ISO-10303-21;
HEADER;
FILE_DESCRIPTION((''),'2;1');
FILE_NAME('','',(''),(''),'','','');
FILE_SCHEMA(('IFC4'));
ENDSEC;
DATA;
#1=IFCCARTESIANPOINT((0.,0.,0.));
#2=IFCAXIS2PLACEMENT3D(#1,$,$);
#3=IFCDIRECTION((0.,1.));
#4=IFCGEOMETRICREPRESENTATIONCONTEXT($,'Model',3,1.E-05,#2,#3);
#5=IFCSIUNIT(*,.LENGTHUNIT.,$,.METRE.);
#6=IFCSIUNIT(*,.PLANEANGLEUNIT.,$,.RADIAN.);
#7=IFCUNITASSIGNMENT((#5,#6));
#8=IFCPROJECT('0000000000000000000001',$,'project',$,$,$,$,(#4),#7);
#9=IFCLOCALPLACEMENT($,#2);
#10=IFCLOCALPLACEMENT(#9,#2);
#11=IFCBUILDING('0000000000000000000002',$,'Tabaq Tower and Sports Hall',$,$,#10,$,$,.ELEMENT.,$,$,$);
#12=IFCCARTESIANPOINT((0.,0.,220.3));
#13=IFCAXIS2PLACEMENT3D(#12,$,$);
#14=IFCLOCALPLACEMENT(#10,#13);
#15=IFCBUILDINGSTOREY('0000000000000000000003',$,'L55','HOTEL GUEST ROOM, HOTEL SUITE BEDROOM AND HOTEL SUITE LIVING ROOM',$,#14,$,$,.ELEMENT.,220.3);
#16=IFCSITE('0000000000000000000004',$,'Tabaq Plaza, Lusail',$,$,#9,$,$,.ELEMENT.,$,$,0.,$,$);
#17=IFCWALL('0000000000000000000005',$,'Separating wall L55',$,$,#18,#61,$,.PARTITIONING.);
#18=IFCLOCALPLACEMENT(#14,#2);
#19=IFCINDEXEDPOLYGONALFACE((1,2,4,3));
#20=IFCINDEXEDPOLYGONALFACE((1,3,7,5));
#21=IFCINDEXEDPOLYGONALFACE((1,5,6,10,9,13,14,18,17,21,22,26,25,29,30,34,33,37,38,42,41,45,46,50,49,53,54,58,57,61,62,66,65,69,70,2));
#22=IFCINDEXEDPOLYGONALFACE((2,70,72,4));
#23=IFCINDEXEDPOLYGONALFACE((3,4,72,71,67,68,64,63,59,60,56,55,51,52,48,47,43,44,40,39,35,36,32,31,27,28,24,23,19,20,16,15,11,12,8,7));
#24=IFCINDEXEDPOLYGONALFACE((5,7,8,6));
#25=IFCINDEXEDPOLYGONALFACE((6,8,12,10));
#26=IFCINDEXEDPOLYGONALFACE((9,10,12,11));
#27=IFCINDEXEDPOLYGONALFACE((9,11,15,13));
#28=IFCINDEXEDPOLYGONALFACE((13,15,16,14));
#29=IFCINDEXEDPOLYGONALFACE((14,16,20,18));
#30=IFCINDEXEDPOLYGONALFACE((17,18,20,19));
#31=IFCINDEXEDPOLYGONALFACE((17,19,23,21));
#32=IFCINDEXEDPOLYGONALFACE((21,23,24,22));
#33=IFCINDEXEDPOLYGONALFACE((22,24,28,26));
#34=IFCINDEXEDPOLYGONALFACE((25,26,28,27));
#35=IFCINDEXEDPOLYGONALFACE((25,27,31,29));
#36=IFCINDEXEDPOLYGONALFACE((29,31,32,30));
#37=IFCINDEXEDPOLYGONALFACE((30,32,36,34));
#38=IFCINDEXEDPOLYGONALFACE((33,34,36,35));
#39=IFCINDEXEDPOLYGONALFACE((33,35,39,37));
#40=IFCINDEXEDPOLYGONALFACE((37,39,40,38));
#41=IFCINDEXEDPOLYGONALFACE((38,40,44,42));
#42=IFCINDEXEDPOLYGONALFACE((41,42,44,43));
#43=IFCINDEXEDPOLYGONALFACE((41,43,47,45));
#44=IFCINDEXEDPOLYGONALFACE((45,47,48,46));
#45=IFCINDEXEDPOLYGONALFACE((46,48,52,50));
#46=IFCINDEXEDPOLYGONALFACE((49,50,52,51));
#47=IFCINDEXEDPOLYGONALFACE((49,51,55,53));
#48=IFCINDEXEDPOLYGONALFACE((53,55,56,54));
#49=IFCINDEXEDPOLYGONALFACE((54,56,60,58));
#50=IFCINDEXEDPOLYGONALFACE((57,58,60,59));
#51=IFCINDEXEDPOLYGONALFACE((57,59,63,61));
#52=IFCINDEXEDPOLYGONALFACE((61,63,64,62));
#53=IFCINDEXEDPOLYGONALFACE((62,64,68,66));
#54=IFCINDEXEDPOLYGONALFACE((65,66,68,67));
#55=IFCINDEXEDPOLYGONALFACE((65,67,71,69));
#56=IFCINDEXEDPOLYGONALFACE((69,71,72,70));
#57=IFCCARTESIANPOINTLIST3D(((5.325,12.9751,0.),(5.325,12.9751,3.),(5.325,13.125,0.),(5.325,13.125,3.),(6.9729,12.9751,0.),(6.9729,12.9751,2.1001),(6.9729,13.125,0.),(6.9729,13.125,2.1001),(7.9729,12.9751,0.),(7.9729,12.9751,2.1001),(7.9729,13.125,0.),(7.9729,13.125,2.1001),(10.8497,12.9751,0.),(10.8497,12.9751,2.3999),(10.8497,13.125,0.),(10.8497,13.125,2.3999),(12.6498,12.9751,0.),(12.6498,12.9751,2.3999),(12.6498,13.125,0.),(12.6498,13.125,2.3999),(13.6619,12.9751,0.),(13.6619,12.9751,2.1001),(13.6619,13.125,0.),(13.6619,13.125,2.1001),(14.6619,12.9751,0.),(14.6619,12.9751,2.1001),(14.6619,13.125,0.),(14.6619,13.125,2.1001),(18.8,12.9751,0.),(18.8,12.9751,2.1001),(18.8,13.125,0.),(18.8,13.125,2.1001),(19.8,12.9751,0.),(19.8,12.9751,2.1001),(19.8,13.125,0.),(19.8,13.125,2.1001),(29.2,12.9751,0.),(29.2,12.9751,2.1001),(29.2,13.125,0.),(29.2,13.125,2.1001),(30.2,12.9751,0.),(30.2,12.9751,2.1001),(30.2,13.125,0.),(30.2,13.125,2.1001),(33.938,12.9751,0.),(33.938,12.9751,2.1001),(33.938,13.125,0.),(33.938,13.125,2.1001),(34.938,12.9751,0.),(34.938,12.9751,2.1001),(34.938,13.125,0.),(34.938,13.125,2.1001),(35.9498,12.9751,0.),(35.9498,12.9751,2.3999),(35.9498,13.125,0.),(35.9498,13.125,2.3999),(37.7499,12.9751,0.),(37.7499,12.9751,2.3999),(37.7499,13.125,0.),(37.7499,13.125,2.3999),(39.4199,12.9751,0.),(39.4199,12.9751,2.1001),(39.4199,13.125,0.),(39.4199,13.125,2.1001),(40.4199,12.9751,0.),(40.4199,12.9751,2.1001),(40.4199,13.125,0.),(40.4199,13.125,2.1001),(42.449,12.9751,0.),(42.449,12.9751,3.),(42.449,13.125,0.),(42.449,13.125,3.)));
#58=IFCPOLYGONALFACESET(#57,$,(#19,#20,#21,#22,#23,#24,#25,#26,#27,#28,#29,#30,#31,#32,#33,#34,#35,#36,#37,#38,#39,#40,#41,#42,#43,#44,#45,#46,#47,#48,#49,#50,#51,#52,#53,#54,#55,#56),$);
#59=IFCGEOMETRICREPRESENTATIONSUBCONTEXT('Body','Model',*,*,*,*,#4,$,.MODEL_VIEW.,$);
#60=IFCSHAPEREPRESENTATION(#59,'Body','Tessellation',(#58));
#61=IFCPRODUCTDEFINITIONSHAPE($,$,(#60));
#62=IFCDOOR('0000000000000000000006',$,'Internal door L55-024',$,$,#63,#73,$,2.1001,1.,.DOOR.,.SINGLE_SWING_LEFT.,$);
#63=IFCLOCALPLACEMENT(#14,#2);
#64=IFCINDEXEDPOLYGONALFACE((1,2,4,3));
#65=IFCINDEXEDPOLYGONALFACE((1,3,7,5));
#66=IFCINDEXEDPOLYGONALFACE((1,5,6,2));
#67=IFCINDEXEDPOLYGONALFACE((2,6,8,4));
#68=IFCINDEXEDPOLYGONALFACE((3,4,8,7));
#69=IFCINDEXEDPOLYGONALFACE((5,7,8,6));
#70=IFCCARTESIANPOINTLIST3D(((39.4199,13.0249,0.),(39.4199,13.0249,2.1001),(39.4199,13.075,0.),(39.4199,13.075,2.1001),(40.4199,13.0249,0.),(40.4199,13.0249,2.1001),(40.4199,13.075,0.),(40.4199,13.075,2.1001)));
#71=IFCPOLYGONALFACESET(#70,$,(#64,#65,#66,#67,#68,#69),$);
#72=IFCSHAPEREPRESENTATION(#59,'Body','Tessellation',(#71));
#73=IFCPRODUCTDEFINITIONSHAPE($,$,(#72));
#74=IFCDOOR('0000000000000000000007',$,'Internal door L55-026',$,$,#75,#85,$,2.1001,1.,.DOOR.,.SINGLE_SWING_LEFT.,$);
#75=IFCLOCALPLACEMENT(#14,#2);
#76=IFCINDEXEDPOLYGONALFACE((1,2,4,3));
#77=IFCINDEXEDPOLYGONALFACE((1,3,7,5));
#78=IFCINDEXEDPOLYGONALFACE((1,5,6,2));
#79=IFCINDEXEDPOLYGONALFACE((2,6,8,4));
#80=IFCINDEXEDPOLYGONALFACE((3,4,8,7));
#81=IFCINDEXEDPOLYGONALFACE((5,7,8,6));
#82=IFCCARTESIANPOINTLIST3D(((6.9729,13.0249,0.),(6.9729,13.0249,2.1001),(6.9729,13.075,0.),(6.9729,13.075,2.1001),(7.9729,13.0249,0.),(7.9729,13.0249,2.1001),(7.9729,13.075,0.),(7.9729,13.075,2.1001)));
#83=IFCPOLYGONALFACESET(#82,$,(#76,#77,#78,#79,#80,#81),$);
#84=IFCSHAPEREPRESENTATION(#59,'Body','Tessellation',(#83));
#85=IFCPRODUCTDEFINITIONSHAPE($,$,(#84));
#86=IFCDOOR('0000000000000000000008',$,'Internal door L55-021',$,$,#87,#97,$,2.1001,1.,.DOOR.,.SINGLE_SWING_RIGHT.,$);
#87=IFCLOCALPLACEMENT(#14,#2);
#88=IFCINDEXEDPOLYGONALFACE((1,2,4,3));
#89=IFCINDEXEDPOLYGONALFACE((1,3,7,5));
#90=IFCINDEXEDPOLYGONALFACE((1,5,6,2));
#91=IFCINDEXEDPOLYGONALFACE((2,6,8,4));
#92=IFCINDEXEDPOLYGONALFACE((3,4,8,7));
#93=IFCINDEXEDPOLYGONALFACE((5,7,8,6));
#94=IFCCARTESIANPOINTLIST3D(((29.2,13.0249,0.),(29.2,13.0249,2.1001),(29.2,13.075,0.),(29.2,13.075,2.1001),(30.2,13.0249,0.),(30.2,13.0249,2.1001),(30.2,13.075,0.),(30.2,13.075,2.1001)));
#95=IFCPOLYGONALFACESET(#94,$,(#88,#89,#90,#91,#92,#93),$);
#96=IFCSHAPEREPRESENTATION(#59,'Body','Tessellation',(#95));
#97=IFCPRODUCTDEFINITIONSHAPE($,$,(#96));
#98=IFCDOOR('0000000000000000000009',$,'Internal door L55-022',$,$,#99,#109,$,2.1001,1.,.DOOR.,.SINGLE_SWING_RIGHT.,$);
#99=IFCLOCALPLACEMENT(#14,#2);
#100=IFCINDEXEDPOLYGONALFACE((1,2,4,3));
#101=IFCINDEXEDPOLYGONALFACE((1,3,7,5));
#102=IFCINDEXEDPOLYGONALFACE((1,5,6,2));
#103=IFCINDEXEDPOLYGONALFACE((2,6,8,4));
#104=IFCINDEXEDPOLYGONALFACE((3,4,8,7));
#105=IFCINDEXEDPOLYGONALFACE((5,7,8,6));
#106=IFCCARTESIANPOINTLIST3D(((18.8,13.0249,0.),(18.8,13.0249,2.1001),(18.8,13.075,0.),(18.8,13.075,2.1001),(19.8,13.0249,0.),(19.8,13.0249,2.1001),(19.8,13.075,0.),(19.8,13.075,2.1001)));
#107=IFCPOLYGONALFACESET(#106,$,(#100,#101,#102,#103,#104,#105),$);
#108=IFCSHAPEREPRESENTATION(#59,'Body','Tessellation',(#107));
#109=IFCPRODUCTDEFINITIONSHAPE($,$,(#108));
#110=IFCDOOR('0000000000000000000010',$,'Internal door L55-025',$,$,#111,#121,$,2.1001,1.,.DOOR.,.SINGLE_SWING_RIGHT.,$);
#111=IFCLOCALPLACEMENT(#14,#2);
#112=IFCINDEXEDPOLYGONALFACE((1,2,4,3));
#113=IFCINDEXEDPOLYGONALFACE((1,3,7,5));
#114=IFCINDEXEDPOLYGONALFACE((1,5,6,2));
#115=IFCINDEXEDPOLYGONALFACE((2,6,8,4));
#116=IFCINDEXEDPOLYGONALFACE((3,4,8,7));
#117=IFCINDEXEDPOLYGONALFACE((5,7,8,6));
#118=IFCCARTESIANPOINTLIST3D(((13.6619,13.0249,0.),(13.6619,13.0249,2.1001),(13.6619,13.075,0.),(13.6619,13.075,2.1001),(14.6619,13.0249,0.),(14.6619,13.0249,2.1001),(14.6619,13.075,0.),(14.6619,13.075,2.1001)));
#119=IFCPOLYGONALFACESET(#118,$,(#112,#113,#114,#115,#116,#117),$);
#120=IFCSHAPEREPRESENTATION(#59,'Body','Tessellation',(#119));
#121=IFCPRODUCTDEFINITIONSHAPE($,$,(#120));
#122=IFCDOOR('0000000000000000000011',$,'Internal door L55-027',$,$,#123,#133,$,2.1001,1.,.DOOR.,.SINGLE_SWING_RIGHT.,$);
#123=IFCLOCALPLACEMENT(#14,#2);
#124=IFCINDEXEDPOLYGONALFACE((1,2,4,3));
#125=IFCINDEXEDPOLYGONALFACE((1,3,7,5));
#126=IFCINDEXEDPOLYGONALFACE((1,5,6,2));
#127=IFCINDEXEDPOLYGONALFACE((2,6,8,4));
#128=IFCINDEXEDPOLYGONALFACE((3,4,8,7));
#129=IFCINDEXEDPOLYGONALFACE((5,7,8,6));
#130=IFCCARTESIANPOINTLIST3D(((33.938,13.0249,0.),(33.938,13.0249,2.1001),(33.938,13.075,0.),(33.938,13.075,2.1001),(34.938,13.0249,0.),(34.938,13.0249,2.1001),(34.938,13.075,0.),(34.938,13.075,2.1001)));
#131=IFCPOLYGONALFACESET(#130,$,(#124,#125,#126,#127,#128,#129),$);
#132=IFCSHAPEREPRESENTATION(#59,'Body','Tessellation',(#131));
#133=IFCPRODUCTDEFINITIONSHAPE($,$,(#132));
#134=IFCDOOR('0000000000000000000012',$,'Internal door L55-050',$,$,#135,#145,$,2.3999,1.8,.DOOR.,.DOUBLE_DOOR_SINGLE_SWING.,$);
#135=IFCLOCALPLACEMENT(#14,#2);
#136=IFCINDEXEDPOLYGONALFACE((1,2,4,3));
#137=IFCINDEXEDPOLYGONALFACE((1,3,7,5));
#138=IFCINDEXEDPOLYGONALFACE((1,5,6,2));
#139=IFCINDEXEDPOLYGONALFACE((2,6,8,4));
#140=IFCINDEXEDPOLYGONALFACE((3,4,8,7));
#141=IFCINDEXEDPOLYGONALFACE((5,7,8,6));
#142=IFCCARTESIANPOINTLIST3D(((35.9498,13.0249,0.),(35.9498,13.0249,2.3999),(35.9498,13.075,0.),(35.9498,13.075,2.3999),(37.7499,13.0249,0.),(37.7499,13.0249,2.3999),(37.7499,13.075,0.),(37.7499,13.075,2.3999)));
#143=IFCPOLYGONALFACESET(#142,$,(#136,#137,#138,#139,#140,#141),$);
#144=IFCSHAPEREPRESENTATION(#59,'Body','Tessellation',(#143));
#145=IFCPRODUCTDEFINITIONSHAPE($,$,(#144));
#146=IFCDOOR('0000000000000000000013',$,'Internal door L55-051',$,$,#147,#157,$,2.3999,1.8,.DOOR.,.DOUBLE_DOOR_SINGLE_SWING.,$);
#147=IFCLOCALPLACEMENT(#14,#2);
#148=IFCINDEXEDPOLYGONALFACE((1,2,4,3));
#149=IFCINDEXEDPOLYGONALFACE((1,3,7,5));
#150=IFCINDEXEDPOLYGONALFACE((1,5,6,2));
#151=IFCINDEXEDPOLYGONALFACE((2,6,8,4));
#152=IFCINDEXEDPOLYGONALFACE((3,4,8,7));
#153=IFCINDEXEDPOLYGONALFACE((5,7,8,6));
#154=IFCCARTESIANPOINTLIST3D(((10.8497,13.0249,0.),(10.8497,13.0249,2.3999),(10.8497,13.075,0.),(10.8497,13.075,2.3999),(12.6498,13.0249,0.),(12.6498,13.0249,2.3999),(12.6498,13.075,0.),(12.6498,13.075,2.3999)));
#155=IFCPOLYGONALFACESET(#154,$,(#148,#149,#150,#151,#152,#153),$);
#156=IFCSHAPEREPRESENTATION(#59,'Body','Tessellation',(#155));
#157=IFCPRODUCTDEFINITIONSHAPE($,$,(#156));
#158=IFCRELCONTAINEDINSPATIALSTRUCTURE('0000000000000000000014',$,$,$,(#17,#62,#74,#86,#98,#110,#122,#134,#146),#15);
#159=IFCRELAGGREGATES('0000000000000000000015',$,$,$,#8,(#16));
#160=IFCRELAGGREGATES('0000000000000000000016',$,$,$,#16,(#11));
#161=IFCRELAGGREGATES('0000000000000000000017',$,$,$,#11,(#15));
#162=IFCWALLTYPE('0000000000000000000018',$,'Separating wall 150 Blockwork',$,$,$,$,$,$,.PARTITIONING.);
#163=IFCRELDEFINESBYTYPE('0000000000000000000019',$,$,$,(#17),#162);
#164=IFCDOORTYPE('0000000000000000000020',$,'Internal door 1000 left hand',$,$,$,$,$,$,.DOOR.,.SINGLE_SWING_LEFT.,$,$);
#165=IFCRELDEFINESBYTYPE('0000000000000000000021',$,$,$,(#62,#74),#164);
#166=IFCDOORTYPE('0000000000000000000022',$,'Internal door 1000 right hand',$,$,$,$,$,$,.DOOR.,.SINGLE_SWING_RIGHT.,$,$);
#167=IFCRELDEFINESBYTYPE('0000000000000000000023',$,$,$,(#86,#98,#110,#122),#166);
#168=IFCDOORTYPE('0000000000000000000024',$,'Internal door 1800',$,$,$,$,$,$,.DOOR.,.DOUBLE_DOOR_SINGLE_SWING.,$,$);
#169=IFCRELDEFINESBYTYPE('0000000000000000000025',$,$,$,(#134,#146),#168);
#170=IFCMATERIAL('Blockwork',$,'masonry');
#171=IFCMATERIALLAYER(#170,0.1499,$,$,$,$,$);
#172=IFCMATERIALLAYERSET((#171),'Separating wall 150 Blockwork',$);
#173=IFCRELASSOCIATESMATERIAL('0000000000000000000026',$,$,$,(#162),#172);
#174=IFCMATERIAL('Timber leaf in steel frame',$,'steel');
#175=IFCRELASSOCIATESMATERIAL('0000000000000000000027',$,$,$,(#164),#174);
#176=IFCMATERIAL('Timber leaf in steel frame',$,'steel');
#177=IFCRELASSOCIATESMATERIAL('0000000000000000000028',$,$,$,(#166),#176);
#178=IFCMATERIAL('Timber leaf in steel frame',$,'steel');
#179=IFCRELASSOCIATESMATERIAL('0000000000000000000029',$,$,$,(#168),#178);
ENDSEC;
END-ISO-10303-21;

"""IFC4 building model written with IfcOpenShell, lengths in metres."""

from ifc_helpers import new_model, si_unit, direction, frame, frame_2d, origin, place, context, subcontext, project, spatial, rectangle, extrude, material, layer, layer_set, type_object, element, fill, save


model = new_model("IFC4")

# Units and contexts
model_context = context("Model", 3, precision=1e-05, world=origin(), true_north=direction((0.0, 1.0)))
body_context = subcontext(model_context, "Body", "Model", "MODEL_VIEW")
ifc_project = project(units=[si_unit("LENGTHUNIT", "METRE"), si_unit("PLANEANGLEUNIT", "RADIAN")], contexts=[model_context])

# Site, building, storey
site_placement = place(None, origin())
site = spatial("IfcSite", under=ifc_project, at=site_placement, Name="Tabaq Plaza, Lusail", CompositionType="ELEMENT", RefElevation=0.0)
building_placement = place(site_placement, origin())
building = spatial("IfcBuilding", under=site, at=building_placement, Name="Tabaq Tower and Sports Hall", CompositionType="ELEMENT")
storey_placement = place(building_placement, frame((0.0, 0.0, 220.3)))
storey = spatial("IfcBuildingStorey", under=building, at=storey_placement, Name="L55", Description="HOTEL GUEST ROOM, HOTEL SUITE BEDROOM AND HOTEL SUITE LIVING ROOM", CompositionType="ELEMENT", Elevation=220.3)

# Shared definitions
ifc_material_1 = material(Name="Blockwork", Category="masonry")
ifc_layer_1 = layer(ifc_material_1, 0.1499)
ifc_layer_set_1 = layer_set([ifc_layer_1], Name="Separating wall 150 Blockwork")
wall_type = type_object("IfcWallType", Name="Separating wall 150 Blockwork", PredefinedType="PARTITIONING", material=ifc_layer_set_1)

# Wall, openings, doors
ifc_material_2 = material(Name="Timber leaf in steel frame", Category="steel")
door_type_1 = type_object("IfcDoorType", Name="Internal door 1000 left hand", OperationType="SINGLE_SWING_LEFT", PredefinedType="DOOR", material=ifc_material_2)
ifc_material_3 = material(Name="Timber leaf in steel frame", Category="steel")
door_type_2 = type_object("IfcDoorType", Name="Internal door 1000 right hand", OperationType="SINGLE_SWING_RIGHT", PredefinedType="DOOR", material=ifc_material_3)
wall_1_placement = place(storey_placement, frame((5.325, 13.05, 0.0), z_axis=(0.0, 0.0, 1.0), x_axis=(1.0, 0.0, 0.0)))
wall_1 = element("IfcWall", 1, at=wall_1_placement, inside=storey, type_object=wall_type, Name="Separating wall L55", PredefinedType="PARTITIONING", context=body_context, shape_type="SweptSolid", body=[
    extrude(rectangle(XDim=37.124, YDim=0.1499, at=frame_2d((18.562, 0.0))), origin(), (0.0, 0.0, 1.0), 3.0),
])
opening_1_placement = place(wall_1_placement, frame((23.875, 0.0, 0.0)))
opening_1 = element("IfcOpeningElement", 2, at=opening_1_placement, cuts=wall_1, PredefinedType="OPENING", context=body_context, shape_type="SweptSolid", body=[
    extrude(rectangle(XDim=1.0, YDim=2.1001, at=frame_2d((0.5, 1.05))), frame((0.0, 0.075, 0.0), z_axis=(0.0, -1.0, 0.0), x_axis=(1.0, 0.0, 0.0)), (0.0, 0.0, 1.0), 0.1499),
])
opening_2_placement = place(wall_1_placement, frame((13.4751, 0.0, 0.0)))
opening_2 = element("IfcOpeningElement", 3, at=opening_2_placement, cuts=wall_1, PredefinedType="OPENING", context=body_context, shape_type="SweptSolid", body=[
    extrude(rectangle(XDim=1.0, YDim=2.1001, at=frame_2d((0.5, 1.05))), frame((0.0, 0.075, 0.0), z_axis=(0.0, -1.0, 0.0), x_axis=(1.0, 0.0, 0.0)), (0.0, 0.0, 1.0), 0.1499),
])
opening_3_placement = place(wall_1_placement, frame((34.095, 0.0, 0.0)))
opening_3 = element("IfcOpeningElement", 4, at=opening_3_placement, cuts=wall_1, PredefinedType="OPENING", context=body_context, shape_type="SweptSolid", body=[
    extrude(rectangle(XDim=1.0, YDim=2.1001, at=frame_2d((0.5, 1.05))), frame((0.0, 0.075, 0.0), z_axis=(0.0, -1.0, 0.0), x_axis=(1.0, 0.0, 0.0)), (0.0, 0.0, 1.0), 0.1499),
])
opening_4_placement = place(wall_1_placement, frame((8.3369, 0.0, 0.0)))
opening_4 = element("IfcOpeningElement", 5, at=opening_4_placement, cuts=wall_1, PredefinedType="OPENING", context=body_context, shape_type="SweptSolid", body=[
    extrude(rectangle(XDim=1.0, YDim=2.1001, at=frame_2d((0.5, 1.05))), frame((0.0, 0.075, 0.0), z_axis=(0.0, -1.0, 0.0), x_axis=(1.0, 0.0, 0.0)), (0.0, 0.0, 1.0), 0.1499),
])
opening_5_placement = place(wall_1_placement, frame((1.6479, 0.0, 0.0)))
opening_5 = element("IfcOpeningElement", 6, at=opening_5_placement, cuts=wall_1, PredefinedType="OPENING", context=body_context, shape_type="SweptSolid", body=[
    extrude(rectangle(XDim=1.0, YDim=2.1001, at=frame_2d((0.5, 1.05))), frame((0.0, 0.075, 0.0), z_axis=(0.0, -1.0, 0.0), x_axis=(1.0, 0.0, 0.0)), (0.0, 0.0, 1.0), 0.1499),
])
opening_6_placement = place(wall_1_placement, frame((28.613, 0.0, 0.0)))
opening_6 = element("IfcOpeningElement", 7, at=opening_6_placement, cuts=wall_1, PredefinedType="OPENING", context=body_context, shape_type="SweptSolid", body=[
    extrude(rectangle(XDim=1.0, YDim=2.1001, at=frame_2d((0.5, 1.05))), frame((0.0, 0.075, 0.0), z_axis=(0.0, -1.0, 0.0), x_axis=(1.0, 0.0, 0.0)), (0.0, 0.0, 1.0), 0.1499),
])
opening_7_placement = place(wall_1_placement, frame((30.625, 0.0, 0.0)))
opening_7 = element("IfcOpeningElement", 8, at=opening_7_placement, cuts=wall_1, PredefinedType="OPENING", context=body_context, shape_type="SweptSolid", body=[
    extrude(rectangle(XDim=1.8, YDim=2.3999, at=frame_2d((0.8999, 1.2))), frame((0.0, 0.075, 0.0), z_axis=(0.0, -1.0, 0.0), x_axis=(1.0, 0.0, 0.0)), (0.0, 0.0, 1.0), 0.1499),
])
opening_8_placement = place(wall_1_placement, frame((5.5249, 0.0, 0.0)))
opening_8 = element("IfcOpeningElement", 9, at=opening_8_placement, cuts=wall_1, PredefinedType="OPENING", context=body_context, shape_type="SweptSolid", body=[
    extrude(rectangle(XDim=1.8, YDim=2.3999, at=frame_2d((0.8999, 1.2))), frame((0.0, 0.075, 0.0), z_axis=(0.0, -1.0, 0.0), x_axis=(1.0, 0.0, 0.0)), (0.0, 0.0, 1.0), 0.1499),
])
door_1_placement = place(opening_3_placement, origin())
door_1 = element("IfcDoor", 10, at=door_1_placement, inside=storey, type_object=door_type_1, Name="Internal door L55-024", OperationType="SINGLE_SWING_LEFT", OverallHeight=2.1001, OverallWidth=1.0, PredefinedType="DOOR", context=body_context, shape_type="SweptSolid", body=[
    extrude(rectangle(XDim=1.0, YDim=2.1001, at=frame_2d((0.5, 1.05))), frame((0.0, 0.0249, 0.0), z_axis=(0.0, -1.0, 0.0), x_axis=(1.0, 0.0, 0.0)), (0.0, 0.0, 1.0), 0.05),
])
fill(opening_3, door_1)
door_2_placement = place(opening_5_placement, origin())
door_2 = element("IfcDoor", 11, at=door_2_placement, inside=storey, type_object=door_type_1, Name="Internal door L55-026", OperationType="SINGLE_SWING_LEFT", OverallHeight=2.1001, OverallWidth=1.0, PredefinedType="DOOR", context=body_context, shape_type="SweptSolid", body=[
    extrude(rectangle(XDim=1.0, YDim=2.1001, at=frame_2d((0.5, 1.05))), frame((0.0, 0.0249, 0.0), z_axis=(0.0, -1.0, 0.0), x_axis=(1.0, 0.0, 0.0)), (0.0, 0.0, 1.0), 0.05),
])
fill(opening_5, door_2)
door_3_placement = place(opening_1_placement, origin())
door_3 = element("IfcDoor", 12, at=door_3_placement, inside=storey, type_object=door_type_2, Name="Internal door L55-021", OperationType="SINGLE_SWING_RIGHT", OverallHeight=2.1001, OverallWidth=1.0, PredefinedType="DOOR", context=body_context, shape_type="SweptSolid", body=[
    extrude(rectangle(XDim=1.0, YDim=2.1001, at=frame_2d((0.5, 1.05))), frame((0.0, 0.0249, 0.0), z_axis=(0.0, -1.0, 0.0), x_axis=(1.0, 0.0, 0.0)), (0.0, 0.0, 1.0), 0.05),
])
fill(opening_1, door_3)
door_4_placement = place(opening_2_placement, origin())
door_4 = element("IfcDoor", 13, at=door_4_placement, inside=storey, type_object=door_type_2, Name="Internal door L55-022", OperationType="SINGLE_SWING_RIGHT", OverallHeight=2.1001, OverallWidth=1.0, PredefinedType="DOOR", context=body_context, shape_type="SweptSolid", body=[
    extrude(rectangle(XDim=1.0, YDim=2.1001, at=frame_2d((0.5, 1.05))), frame((0.0, 0.0249, 0.0), z_axis=(0.0, -1.0, 0.0), x_axis=(1.0, 0.0, 0.0)), (0.0, 0.0, 1.0), 0.05),
])
fill(opening_2, door_4)
door_5_placement = place(opening_4_placement, origin())
door_5 = element("IfcDoor", 14, at=door_5_placement, inside=storey, type_object=door_type_2, Name="Internal door L55-025", OperationType="SINGLE_SWING_RIGHT", OverallHeight=2.1001, OverallWidth=1.0, PredefinedType="DOOR", context=body_context, shape_type="SweptSolid", body=[
    extrude(rectangle(XDim=1.0, YDim=2.1001, at=frame_2d((0.5, 1.05))), frame((0.0, 0.0249, 0.0), z_axis=(0.0, -1.0, 0.0), x_axis=(1.0, 0.0, 0.0)), (0.0, 0.0, 1.0), 0.05),
])
fill(opening_4, door_5)
door_6_placement = place(opening_6_placement, origin())
door_6 = element("IfcDoor", 15, at=door_6_placement, inside=storey, type_object=door_type_2, Name="Internal door L55-027", OperationType="SINGLE_SWING_RIGHT", OverallHeight=2.1001, OverallWidth=1.0, PredefinedType="DOOR", context=body_context, shape_type="SweptSolid", body=[
    extrude(rectangle(XDim=1.0, YDim=2.1001, at=frame_2d((0.5, 1.05))), frame((0.0, 0.0249, 0.0), z_axis=(0.0, -1.0, 0.0), x_axis=(1.0, 0.0, 0.0)), (0.0, 0.0, 1.0), 0.05),
])
fill(opening_6, door_6)
ifc_material_4 = material(Name="Timber leaf in steel frame", Category="steel")
door_type_3 = type_object("IfcDoorType", Name="Internal door 1800", OperationType="DOUBLE_DOOR_SINGLE_SWING", PredefinedType="DOOR", material=ifc_material_4)
door_7_placement = place(opening_7_placement, origin())
door_7 = element("IfcDoor", 16, at=door_7_placement, inside=storey, type_object=door_type_3, Name="Internal door L55-050", OperationType="DOUBLE_DOOR_SINGLE_SWING", OverallHeight=2.3999, OverallWidth=1.8, PredefinedType="DOOR", context=body_context, shape_type="SweptSolid", body=[
    extrude(rectangle(XDim=1.8, YDim=2.3999, at=frame_2d((0.8999, 1.2))), frame((0.0, 0.0249, 0.0), z_axis=(0.0, -1.0, 0.0), x_axis=(1.0, 0.0, 0.0)), (0.0, 0.0, 1.0), 0.05),
])
fill(opening_7, door_7)
door_8_placement = place(opening_8_placement, origin())
door_8 = element("IfcDoor", 17, at=door_8_placement, inside=storey, type_object=door_type_3, Name="Internal door L55-051", OperationType="DOUBLE_DOOR_SINGLE_SWING", OverallHeight=2.3999, OverallWidth=1.8, PredefinedType="DOOR", context=body_context, shape_type="SweptSolid", body=[
    extrude(rectangle(XDim=1.8, YDim=2.3999, at=frame_2d((0.8999, 1.2))), frame((0.0, 0.0249, 0.0), z_axis=(0.0, -1.0, 0.0), x_axis=(1.0, 0.0, 0.0)), (0.0, 0.0, 1.0), 0.05),
])
fill(opening_8, door_8)

save(model, "model.ifc")
